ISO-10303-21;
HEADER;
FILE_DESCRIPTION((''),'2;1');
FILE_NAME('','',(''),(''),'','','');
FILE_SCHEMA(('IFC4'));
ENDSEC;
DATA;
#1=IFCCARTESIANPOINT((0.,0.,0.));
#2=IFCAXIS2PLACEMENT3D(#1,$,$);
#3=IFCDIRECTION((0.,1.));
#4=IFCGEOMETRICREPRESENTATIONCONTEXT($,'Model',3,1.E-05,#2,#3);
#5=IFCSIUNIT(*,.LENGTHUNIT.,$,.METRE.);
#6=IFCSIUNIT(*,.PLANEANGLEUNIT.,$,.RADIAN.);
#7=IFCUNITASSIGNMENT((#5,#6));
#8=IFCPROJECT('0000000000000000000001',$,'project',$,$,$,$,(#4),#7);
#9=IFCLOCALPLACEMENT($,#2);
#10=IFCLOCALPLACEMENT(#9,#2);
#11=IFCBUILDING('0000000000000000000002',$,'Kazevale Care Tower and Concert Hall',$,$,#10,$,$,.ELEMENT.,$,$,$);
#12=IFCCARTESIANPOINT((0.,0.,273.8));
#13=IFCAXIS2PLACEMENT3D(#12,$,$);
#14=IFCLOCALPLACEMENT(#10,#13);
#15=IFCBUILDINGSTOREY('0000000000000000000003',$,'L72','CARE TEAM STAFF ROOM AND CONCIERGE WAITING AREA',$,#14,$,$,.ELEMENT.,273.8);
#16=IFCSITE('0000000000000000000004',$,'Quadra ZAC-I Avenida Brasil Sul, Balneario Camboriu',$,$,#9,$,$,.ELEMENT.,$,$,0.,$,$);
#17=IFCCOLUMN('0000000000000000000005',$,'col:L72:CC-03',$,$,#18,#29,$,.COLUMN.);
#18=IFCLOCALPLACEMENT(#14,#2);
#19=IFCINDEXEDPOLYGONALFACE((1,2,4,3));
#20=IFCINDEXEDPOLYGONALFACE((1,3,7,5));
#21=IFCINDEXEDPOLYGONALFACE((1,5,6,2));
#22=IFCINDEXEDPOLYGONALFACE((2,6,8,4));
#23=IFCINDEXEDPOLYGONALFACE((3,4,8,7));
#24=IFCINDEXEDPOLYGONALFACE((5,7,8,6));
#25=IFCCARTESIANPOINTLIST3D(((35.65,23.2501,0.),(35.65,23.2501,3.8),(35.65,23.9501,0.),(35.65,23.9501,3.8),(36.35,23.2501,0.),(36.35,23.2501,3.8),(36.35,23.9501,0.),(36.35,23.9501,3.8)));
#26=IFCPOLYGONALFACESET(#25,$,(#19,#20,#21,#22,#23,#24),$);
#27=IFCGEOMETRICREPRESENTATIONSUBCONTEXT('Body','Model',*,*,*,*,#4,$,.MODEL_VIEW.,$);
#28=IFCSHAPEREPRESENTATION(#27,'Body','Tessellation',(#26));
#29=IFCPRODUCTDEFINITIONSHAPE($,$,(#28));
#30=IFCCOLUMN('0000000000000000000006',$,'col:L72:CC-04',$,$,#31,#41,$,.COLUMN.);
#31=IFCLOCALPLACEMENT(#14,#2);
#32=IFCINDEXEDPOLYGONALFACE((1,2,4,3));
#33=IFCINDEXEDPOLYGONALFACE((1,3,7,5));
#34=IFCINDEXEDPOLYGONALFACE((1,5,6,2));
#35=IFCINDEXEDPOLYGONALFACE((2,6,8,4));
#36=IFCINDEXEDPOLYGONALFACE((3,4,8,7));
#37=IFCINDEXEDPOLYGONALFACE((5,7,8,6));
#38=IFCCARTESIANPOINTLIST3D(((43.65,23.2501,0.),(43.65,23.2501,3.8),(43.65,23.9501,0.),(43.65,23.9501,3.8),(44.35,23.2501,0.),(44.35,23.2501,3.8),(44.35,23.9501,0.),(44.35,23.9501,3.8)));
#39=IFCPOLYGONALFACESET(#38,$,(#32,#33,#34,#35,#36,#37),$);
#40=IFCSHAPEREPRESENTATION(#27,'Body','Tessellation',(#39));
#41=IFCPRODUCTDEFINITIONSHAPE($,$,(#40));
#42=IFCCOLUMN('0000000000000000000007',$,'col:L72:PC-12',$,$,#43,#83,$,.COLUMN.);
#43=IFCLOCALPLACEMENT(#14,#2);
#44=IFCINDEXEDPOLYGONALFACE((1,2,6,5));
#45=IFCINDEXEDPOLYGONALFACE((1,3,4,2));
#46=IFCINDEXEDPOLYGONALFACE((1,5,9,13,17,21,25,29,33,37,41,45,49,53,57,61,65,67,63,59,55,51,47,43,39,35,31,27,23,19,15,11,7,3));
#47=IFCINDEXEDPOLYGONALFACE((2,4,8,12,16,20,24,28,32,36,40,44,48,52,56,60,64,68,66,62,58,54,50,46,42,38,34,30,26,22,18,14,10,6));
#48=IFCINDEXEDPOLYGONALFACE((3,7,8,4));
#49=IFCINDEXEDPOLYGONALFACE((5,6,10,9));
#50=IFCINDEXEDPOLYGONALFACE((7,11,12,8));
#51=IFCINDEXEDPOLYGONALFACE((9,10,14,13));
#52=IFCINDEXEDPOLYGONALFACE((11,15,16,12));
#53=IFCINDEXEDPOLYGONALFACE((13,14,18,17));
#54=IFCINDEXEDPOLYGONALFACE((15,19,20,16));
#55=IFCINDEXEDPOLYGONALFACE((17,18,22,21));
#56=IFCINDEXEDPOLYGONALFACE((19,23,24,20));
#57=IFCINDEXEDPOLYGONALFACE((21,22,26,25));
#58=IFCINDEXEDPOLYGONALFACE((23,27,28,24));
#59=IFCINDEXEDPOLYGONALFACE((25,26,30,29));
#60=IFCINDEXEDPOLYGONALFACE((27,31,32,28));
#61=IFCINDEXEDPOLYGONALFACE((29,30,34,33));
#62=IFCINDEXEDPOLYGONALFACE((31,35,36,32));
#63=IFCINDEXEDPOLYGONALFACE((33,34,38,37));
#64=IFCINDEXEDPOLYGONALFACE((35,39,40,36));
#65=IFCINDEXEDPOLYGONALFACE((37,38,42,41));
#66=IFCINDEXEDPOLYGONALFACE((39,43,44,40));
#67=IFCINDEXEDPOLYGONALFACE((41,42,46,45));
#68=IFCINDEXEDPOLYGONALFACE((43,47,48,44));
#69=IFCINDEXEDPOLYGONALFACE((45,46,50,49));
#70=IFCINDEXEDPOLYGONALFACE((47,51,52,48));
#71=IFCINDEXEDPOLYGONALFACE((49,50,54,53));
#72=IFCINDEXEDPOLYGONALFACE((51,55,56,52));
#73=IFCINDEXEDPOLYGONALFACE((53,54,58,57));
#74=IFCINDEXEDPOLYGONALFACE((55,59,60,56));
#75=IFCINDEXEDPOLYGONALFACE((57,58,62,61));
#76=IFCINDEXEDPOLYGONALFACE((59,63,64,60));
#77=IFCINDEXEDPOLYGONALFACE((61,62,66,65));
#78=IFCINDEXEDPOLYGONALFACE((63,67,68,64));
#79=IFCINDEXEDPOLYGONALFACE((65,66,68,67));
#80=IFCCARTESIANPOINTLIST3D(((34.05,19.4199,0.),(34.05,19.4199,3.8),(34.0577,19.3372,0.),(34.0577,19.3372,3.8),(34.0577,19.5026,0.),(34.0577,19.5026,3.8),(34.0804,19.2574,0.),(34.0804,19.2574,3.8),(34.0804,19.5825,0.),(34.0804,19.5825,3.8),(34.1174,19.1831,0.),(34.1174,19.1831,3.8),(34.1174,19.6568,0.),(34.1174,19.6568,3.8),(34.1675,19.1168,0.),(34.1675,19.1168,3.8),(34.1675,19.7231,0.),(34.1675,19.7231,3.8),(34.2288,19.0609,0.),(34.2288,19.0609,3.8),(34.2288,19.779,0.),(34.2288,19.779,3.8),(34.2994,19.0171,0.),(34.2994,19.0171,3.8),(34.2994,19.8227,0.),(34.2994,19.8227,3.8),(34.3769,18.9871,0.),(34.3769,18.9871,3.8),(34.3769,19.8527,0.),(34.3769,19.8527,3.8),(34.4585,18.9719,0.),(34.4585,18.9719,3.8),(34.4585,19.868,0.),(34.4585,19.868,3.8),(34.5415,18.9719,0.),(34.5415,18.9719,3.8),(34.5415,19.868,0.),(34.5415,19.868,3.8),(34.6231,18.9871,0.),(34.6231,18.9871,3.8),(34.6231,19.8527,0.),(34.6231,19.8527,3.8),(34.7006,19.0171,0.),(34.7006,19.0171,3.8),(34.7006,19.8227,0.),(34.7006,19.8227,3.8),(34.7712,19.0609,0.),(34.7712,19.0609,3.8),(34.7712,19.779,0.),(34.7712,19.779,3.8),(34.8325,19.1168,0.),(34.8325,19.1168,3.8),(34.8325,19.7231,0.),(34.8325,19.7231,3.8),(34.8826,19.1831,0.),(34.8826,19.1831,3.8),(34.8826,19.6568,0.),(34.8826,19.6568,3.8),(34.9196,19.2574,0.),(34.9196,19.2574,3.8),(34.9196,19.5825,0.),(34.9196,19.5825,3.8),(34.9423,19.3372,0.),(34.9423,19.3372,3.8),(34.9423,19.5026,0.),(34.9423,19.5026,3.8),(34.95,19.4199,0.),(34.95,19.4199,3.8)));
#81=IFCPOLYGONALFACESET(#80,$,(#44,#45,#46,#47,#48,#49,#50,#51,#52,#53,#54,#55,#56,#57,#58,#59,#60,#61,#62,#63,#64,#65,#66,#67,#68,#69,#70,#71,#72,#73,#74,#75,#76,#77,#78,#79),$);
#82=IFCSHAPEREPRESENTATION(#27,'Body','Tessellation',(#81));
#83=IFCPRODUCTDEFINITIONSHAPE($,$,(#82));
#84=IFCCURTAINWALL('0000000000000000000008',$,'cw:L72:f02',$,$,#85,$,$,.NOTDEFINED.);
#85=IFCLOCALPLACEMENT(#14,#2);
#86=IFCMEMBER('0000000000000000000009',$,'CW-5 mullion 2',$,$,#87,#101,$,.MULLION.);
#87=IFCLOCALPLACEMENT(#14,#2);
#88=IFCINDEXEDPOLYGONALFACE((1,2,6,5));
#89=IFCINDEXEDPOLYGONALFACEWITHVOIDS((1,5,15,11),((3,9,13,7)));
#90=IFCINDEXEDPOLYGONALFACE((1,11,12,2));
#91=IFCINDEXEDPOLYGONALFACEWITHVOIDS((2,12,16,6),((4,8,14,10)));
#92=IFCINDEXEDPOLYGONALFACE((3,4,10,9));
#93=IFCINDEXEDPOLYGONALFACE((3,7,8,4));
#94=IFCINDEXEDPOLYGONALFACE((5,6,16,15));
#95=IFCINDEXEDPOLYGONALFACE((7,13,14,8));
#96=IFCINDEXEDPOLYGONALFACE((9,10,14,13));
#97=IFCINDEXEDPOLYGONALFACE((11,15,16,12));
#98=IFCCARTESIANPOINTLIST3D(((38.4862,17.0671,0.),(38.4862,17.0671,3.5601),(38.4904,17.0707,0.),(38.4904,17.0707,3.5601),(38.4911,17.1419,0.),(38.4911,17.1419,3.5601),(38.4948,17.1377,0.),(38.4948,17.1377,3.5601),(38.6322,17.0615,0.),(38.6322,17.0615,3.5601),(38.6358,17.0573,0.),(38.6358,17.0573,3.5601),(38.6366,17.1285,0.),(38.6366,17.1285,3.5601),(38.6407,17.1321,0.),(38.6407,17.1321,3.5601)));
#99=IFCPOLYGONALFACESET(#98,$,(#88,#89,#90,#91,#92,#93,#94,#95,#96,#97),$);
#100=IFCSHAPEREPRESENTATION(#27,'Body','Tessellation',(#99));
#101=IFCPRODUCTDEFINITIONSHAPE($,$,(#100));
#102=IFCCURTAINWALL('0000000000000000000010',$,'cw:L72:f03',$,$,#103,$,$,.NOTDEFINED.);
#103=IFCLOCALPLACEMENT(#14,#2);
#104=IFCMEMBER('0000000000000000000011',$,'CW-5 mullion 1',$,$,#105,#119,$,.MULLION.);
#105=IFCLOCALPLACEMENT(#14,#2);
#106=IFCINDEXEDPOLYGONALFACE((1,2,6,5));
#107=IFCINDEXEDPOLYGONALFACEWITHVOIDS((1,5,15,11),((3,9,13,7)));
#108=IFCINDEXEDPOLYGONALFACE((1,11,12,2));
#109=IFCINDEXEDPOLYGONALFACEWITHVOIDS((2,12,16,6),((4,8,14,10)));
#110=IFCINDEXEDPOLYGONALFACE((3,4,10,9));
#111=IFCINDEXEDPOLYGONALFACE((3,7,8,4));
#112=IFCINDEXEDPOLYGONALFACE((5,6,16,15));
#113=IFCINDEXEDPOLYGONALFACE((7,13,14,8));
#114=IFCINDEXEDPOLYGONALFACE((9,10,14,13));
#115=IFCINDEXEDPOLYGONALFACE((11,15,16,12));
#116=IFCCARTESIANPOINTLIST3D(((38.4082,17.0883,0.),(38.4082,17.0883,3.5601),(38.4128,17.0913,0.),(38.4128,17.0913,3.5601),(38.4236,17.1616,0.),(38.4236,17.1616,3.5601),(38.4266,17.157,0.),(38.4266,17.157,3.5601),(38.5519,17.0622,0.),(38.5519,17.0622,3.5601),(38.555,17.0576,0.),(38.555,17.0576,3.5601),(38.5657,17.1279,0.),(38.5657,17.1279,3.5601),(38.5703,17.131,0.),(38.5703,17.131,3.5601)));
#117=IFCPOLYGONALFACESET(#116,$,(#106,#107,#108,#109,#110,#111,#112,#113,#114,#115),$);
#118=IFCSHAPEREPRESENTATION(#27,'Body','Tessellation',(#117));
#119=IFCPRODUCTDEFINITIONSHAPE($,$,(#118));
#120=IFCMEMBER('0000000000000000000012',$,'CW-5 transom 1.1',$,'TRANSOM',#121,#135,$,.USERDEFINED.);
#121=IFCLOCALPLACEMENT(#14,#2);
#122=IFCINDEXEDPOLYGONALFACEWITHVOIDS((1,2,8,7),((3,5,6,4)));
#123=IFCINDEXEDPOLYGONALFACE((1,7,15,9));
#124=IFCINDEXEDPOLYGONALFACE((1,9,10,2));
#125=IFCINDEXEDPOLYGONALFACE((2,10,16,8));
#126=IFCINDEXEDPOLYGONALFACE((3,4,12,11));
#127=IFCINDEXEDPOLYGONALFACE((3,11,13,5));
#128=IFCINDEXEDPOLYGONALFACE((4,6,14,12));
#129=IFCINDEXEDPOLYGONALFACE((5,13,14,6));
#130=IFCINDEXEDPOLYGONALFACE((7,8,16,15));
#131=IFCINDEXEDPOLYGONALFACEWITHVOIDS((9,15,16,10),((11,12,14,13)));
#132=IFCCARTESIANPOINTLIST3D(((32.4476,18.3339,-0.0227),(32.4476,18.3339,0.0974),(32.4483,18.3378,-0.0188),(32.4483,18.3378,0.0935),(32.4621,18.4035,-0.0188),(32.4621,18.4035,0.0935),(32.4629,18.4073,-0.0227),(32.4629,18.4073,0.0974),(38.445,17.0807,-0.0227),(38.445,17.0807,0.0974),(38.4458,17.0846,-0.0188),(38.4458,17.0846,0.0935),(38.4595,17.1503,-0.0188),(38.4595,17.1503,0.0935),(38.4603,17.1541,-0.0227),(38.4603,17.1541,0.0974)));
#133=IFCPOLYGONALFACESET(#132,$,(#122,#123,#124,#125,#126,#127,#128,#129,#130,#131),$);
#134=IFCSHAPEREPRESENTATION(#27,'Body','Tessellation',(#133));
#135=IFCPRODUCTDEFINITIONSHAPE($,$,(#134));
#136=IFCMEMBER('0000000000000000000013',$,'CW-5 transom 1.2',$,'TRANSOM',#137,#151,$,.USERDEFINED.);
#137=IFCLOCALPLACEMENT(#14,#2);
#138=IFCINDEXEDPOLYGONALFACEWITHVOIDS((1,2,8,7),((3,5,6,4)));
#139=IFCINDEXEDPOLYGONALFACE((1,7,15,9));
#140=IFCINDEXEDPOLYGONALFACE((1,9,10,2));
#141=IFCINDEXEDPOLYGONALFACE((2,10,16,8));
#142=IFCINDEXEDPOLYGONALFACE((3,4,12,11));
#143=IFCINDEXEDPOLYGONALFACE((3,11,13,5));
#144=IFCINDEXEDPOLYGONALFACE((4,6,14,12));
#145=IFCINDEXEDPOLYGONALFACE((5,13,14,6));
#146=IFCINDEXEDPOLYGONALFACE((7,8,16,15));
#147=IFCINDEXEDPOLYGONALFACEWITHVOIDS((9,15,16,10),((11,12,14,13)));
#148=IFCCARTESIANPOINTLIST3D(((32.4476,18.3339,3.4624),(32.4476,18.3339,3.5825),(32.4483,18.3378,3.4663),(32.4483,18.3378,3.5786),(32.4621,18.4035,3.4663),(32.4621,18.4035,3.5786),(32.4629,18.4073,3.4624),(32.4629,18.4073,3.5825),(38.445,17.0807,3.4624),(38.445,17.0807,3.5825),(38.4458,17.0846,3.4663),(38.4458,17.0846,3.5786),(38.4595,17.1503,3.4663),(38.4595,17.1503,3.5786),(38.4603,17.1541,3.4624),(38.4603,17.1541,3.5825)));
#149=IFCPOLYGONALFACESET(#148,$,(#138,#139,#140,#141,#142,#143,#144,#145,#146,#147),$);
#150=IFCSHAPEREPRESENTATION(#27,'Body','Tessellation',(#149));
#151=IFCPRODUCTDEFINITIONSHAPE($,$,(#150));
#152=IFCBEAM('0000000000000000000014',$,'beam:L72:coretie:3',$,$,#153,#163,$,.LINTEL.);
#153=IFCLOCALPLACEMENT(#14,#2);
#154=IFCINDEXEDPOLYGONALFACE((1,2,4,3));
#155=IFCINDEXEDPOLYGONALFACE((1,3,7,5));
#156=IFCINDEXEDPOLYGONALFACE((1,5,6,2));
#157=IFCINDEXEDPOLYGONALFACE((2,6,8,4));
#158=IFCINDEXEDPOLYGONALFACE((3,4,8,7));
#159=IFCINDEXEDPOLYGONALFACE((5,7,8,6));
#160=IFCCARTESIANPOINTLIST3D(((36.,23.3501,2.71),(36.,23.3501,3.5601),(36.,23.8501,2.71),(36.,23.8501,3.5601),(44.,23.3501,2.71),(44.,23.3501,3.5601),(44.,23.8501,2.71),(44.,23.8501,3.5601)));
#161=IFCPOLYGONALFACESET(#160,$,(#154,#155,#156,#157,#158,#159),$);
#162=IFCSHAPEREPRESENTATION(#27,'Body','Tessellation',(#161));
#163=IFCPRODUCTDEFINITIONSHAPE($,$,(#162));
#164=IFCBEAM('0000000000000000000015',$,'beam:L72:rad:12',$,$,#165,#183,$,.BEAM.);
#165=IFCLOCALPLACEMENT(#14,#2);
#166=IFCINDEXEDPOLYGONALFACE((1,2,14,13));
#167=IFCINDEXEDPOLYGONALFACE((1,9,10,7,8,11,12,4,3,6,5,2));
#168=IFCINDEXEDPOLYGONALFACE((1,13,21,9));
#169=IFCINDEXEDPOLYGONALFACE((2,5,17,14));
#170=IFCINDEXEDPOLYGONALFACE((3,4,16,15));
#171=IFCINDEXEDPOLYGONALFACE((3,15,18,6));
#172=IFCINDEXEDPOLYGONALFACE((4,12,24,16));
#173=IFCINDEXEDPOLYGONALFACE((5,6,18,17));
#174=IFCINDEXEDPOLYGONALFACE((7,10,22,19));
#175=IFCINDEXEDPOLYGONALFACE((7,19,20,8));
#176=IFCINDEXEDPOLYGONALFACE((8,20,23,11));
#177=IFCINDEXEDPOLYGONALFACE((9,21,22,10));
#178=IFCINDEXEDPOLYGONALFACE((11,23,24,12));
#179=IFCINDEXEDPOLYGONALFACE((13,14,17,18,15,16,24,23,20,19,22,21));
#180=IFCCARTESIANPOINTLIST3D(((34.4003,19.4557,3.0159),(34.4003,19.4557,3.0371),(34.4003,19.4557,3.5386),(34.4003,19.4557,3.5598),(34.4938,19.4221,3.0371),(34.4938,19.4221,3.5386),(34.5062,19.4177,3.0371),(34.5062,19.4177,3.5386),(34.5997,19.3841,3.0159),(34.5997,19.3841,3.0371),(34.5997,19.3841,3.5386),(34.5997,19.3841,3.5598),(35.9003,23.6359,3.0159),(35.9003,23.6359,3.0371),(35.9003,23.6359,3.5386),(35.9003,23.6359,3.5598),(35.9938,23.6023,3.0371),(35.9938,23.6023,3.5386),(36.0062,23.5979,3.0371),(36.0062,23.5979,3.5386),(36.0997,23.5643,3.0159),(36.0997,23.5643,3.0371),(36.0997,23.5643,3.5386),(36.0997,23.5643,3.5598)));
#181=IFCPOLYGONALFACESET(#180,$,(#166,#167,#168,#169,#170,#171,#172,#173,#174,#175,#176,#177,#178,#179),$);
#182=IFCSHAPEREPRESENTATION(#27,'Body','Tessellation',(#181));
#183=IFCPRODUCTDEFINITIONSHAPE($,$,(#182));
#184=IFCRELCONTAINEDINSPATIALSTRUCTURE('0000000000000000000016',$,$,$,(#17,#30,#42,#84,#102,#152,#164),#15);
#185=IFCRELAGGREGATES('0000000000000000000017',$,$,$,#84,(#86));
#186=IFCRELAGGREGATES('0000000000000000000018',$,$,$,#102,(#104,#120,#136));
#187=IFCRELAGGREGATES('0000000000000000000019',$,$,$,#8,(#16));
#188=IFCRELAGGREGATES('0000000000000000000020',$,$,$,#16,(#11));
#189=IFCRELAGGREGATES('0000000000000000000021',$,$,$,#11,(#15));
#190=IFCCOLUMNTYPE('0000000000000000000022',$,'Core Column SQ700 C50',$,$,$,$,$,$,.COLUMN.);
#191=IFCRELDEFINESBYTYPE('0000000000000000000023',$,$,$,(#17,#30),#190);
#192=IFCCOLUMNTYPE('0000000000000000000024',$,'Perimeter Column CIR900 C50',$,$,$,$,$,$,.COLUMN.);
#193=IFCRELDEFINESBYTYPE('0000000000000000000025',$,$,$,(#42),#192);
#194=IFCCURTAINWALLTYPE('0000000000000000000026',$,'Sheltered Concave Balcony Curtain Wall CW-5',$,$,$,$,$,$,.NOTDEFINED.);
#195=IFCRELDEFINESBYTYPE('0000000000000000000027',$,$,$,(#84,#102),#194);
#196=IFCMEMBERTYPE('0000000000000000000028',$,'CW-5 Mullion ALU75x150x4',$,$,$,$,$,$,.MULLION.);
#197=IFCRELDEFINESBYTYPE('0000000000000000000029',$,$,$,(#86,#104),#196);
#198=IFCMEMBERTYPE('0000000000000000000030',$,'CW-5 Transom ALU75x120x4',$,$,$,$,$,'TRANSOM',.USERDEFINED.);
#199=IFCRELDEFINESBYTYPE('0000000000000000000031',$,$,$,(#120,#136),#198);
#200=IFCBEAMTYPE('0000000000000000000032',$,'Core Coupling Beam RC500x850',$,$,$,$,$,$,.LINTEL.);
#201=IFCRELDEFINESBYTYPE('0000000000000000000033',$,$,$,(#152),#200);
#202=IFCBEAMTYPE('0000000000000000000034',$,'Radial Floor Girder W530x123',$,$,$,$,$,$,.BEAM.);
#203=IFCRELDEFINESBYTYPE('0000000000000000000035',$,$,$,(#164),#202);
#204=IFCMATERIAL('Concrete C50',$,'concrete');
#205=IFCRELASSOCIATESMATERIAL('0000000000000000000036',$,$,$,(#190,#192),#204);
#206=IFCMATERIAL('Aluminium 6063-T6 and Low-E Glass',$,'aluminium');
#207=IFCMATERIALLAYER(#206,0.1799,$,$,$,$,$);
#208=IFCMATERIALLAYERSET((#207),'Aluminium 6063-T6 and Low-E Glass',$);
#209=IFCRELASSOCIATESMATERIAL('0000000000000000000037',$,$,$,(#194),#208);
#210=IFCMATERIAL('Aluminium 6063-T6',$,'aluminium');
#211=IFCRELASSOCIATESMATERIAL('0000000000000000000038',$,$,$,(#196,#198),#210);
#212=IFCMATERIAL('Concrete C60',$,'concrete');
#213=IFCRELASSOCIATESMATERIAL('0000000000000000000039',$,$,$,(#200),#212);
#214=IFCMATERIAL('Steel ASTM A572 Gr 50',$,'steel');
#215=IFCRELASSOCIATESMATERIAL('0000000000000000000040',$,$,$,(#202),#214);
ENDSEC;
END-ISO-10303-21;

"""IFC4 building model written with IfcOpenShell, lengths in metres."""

from ifc_helpers import new_model, si_unit, direction, frame, origin, origin_2d, place, context, subcontext, project, spatial, rectangle, hollow_rectangle, circle, i_section, extrude, material, layer, layer_set, material_profile, profile_set, type_object, element, aggregate, save


model = new_model("IFC4")

# Units and contexts
model_context = context("Model", 3, precision=1e-05, world=origin(), true_north=direction((0.0, 1.0)))
body_context = subcontext(model_context, "Body", "Model", "MODEL_VIEW")
ifc_project = project(units=[si_unit("LENGTHUNIT", "METRE"), si_unit("PLANEANGLEUNIT", "RADIAN")], contexts=[model_context])

# Site, building, storey
site_placement = place(None, origin())
site = spatial("IfcSite", under=ifc_project, at=site_placement, Name="Quadra ZAC-I Avenida Brasil Sul, Balneario Camboriu", CompositionType="ELEMENT", RefElevation=0.0)
building_placement = place(site_placement, origin())
building = spatial("IfcBuilding", under=site, at=building_placement, Name="Kazevale Care Tower and Concert Hall", CompositionType="ELEMENT")
storey_placement = place(building_placement, frame((0.0, 0.0, 273.8)))
storey = spatial("IfcBuildingStorey", under=building, at=storey_placement, Name="L72", Description="CARE TEAM STAFF ROOM AND CONCIERGE WAITING AREA", CompositionType="ELEMENT", Elevation=273.8)

# Columns
ifc_material_1 = material(Name="Concrete C50", Category="concrete")
ifc_material_profile_1 = material_profile(ifc_material_1, rectangle(XDim=0.7, YDim=0.7, at=origin_2d()), Name="RC-SQ700")
ifc_profile_set_1 = profile_set([ifc_material_profile_1], Name="Concrete C50")
column_type_1 = type_object("IfcColumnType", Name="Core Column SQ700 C50", PredefinedType="COLUMN", material=ifc_profile_set_1)
for number, where, z_axis, x_axis, name in (
    (1, (36.0, 23.6001, 0.0), (0.0, 0.0, 1.0), (1.0, 0.0, 0.0), "col:L72:CC-03"),
    (2, (44.0, 23.6001, 0.0), (0.0, 0.0, 1.0), (1.0, 0.0, 0.0), "col:L72:CC-04"),
):
    element("IfcColumn", number, at=place(storey_placement, frame(where, z_axis=z_axis, x_axis=x_axis)), inside=storey, type_object=column_type_1, Name=name, PredefinedType="COLUMN", context=body_context, shape_type="SweptSolid", body=[
        extrude(rectangle(XDim=0.7, YDim=0.7, at=origin_2d()), origin(), (0.0, 0.0, 1.0), 3.8),
    ])
ifc_material_profile_2 = material_profile(ifc_material_1, circle(Radius=0.45, at=origin_2d()), Name="RC-CIR900")
ifc_profile_set_2 = profile_set([ifc_material_profile_2], Name="Concrete C50")
column_type_2 = type_object("IfcColumnType", Name="Perimeter Column CIR900 C50", PredefinedType="COLUMN", material=ifc_profile_set_2)
column_placement = place(storey_placement, frame((34.5, 19.4199, 0.0), z_axis=(0.0, 0.0, 1.0), x_axis=(1.0, 0.0, 0.0)))
element("IfcColumn", 3, at=column_placement, inside=storey, type_object=column_type_2, Name="col:L72:PC-12", PredefinedType="COLUMN", context=body_context, shape_type="SweptSolid", body=[
    extrude(circle(Radius=0.45, at=origin_2d()), origin(), (0.0, 0.0, 1.0), 3.8),
])

# Curtain wall, member
ifc_material_2 = material(Name="Aluminium 6063-T6 and Low-E Glass", Category="aluminium")
ifc_layer_1 = layer(ifc_material_2, 0.1799)
ifc_layer_set_1 = layer_set([ifc_layer_1], Name="Aluminium 6063-T6 and Low-E Glass")
curtain_wall_type = type_object("IfcCurtainWallType", Name="Sheltered Concave Balcony Curtain Wall CW-5", PredefinedType="NOTDEFINED", material=ifc_layer_set_1)
curtain_wall_1_placement = place(storey_placement, origin())
curtain_wall_1 = element("IfcCurtainWall", 4, at=curtain_wall_1_placement, inside=storey, type_object=curtain_wall_type, Name="cw:L72:f02", PredefinedType="NOTDEFINED")
ifc_material_3 = material(Name="Aluminium 6063-T6", Category="aluminium")
ifc_material_profile_3 = material_profile(ifc_material_3, hollow_rectangle(XDim=0.075, YDim=0.1499, WallThickness=0.0039, at=origin_2d()), Name="ALU75x150x4")
ifc_profile_set_3 = profile_set([ifc_material_profile_3], Name="Aluminium 6063-T6")
member_type_1 = type_object("IfcMemberType", Name="CW-5 Mullion ALU75x150x4", PredefinedType="MULLION", material=ifc_profile_set_3)
member_1_placement = place(storey_placement, frame((38.5635, 17.0996, 0.0), z_axis=(0.0, 0.0, 1.0), x_axis=(-0.065046, -0.997882, 0.0)))
member_1 = element("IfcMember", 5, at=member_1_placement, type_object=member_type_1, Name="CW-5 mullion 2", PredefinedType="MULLION", context=body_context, shape_type="SweptSolid", body=[
    extrude(hollow_rectangle(XDim=0.075, YDim=0.1499, WallThickness=0.0039, at=origin_2d()), origin(), (0.0, 0.0, 1.0), 3.5601),
])

# Curtain wall, members
curtain_wall_2_placement = place(storey_placement, origin())
curtain_wall_2 = element("IfcCurtainWall", 6, at=curtain_wall_2_placement, inside=storey, type_object=curtain_wall_type, Name="cw:L72:f03", PredefinedType="NOTDEFINED")
member_2_placement = place(storey_placement, frame((38.4893, 17.1096, 0.0), z_axis=(0.0, 0.0, 1.0), x_axis=(-0.204565, -0.978853, 0.0)))
member_2 = element("IfcMember", 7, at=member_2_placement, type_object=member_type_1, Name="CW-5 mullion 1", PredefinedType="MULLION", context=body_context, shape_type="SweptSolid", body=[
    extrude(hollow_rectangle(XDim=0.075, YDim=0.1499, WallThickness=0.0039, at=origin_2d()), origin(), (0.0, 0.0, 1.0), 3.5601),
])
ifc_material_profile_4 = material_profile(ifc_material_3, hollow_rectangle(XDim=0.075, YDim=0.1201, WallThickness=0.0039, at=origin_2d()), Name="ALU75x120x4")
ifc_profile_set_4 = profile_set([ifc_material_profile_4], Name="Aluminium 6063-T6")
member_type_2 = type_object("IfcMemberType", Name="CW-5 Transom ALU75x120x4", ElementType="TRANSOM", PredefinedType="USERDEFINED", material=ifc_profile_set_4)
member_3_placement = place(storey_placement, frame((38.4526, 17.1174, 0.0374), z_axis=(-0.978859, 0.204538, 0.0), x_axis=(-0.204538, -0.978859, 0.0)))
member_3 = element("IfcMember", 8, at=member_3_placement, type_object=member_type_2, Name="CW-5 transom 1.1", ObjectType="TRANSOM", PredefinedType="USERDEFINED", context=body_context, shape_type="SweptSolid", body=[
    extrude(hollow_rectangle(XDim=0.075, YDim=0.1201, WallThickness=0.0039, at=origin_2d()), origin(), (0.0, 0.0, 1.0), 6.127),
])
member_4_placement = place(storey_placement, frame((38.4526, 17.1174, 3.5225), z_axis=(-0.978859, 0.204538, 0.0), x_axis=(-0.204538, -0.978859, 0.0)))
member_4 = element("IfcMember", 9, at=member_4_placement, type_object=member_type_2, Name="CW-5 transom 1.2", ObjectType="TRANSOM", PredefinedType="USERDEFINED", context=body_context, shape_type="SweptSolid", body=[
    extrude(hollow_rectangle(XDim=0.075, YDim=0.1201, WallThickness=0.0039, at=origin_2d()), origin(), (0.0, 0.0, 1.0), 6.127),
])

# Beams
ifc_material_4 = material(Name="Concrete C60", Category="concrete")
ifc_material_profile_5 = material_profile(ifc_material_4, rectangle(XDim=0.5, YDim=0.8501, at=origin_2d()), Name="RC-B500x850")
ifc_profile_set_5 = profile_set([ifc_material_profile_5], Name="Concrete C60")
beam_type_1 = type_object("IfcBeamType", Name="Core Coupling Beam RC500x850", PredefinedType="LINTEL", material=ifc_profile_set_5)
beam_1_placement = place(storey_placement, frame((36.0, 23.6001, 3.135), z_axis=(1.0, 0.0, 0.0), x_axis=(0.0, 1.0, 0.0)))
element("IfcBeam", 10, at=beam_1_placement, inside=storey, type_object=beam_type_1, Name="beam:L72:coretie:3", PredefinedType="LINTEL", context=body_context, shape_type="SweptSolid", body=[
    extrude(rectangle(XDim=0.5, YDim=0.8501, at=origin_2d()), origin(), (0.0, 0.0, 1.0), 8.0),
])
ifc_material_5 = material(Name="Steel ASTM A572 Gr 50", Category="steel")
ifc_material_profile_6 = material_profile(ifc_material_5, i_section(OverallWidth=0.2119, OverallDepth=0.5439, WebThickness=0.0132, FlangeThickness=0.0212, at=origin_2d()), Name="W530x123")
ifc_profile_set_6 = profile_set([ifc_material_profile_6], Name="Steel ASTM A572 Gr 50")
beam_type_2 = type_object("IfcBeamType", Name="Radial Floor Girder W530x123", PredefinedType="BEAM", material=ifc_profile_set_6)
beam_2_placement = place(storey_placement, frame((36.0, 23.6001, 3.2878), z_axis=(-0.33775, -0.941236, 0.0), x_axis=(0.941236, -0.33775, 0.0)))
element("IfcBeam", 11, at=beam_2_placement, inside=storey, type_object=beam_type_2, Name="beam:L72:rad:12", PredefinedType="BEAM", context=body_context, shape_type="SweptSolid", body=[
    extrude(i_section(OverallWidth=0.2119, OverallDepth=0.5439, WebThickness=0.0132, FlangeThickness=0.0212, at=origin_2d()), origin(), (0.0, 0.0, 1.0), 4.4412),
])

aggregate(curtain_wall_1, [member_1])
aggregate(curtain_wall_2, [member_2, member_3, member_4])

save(model, "model.ifc")
